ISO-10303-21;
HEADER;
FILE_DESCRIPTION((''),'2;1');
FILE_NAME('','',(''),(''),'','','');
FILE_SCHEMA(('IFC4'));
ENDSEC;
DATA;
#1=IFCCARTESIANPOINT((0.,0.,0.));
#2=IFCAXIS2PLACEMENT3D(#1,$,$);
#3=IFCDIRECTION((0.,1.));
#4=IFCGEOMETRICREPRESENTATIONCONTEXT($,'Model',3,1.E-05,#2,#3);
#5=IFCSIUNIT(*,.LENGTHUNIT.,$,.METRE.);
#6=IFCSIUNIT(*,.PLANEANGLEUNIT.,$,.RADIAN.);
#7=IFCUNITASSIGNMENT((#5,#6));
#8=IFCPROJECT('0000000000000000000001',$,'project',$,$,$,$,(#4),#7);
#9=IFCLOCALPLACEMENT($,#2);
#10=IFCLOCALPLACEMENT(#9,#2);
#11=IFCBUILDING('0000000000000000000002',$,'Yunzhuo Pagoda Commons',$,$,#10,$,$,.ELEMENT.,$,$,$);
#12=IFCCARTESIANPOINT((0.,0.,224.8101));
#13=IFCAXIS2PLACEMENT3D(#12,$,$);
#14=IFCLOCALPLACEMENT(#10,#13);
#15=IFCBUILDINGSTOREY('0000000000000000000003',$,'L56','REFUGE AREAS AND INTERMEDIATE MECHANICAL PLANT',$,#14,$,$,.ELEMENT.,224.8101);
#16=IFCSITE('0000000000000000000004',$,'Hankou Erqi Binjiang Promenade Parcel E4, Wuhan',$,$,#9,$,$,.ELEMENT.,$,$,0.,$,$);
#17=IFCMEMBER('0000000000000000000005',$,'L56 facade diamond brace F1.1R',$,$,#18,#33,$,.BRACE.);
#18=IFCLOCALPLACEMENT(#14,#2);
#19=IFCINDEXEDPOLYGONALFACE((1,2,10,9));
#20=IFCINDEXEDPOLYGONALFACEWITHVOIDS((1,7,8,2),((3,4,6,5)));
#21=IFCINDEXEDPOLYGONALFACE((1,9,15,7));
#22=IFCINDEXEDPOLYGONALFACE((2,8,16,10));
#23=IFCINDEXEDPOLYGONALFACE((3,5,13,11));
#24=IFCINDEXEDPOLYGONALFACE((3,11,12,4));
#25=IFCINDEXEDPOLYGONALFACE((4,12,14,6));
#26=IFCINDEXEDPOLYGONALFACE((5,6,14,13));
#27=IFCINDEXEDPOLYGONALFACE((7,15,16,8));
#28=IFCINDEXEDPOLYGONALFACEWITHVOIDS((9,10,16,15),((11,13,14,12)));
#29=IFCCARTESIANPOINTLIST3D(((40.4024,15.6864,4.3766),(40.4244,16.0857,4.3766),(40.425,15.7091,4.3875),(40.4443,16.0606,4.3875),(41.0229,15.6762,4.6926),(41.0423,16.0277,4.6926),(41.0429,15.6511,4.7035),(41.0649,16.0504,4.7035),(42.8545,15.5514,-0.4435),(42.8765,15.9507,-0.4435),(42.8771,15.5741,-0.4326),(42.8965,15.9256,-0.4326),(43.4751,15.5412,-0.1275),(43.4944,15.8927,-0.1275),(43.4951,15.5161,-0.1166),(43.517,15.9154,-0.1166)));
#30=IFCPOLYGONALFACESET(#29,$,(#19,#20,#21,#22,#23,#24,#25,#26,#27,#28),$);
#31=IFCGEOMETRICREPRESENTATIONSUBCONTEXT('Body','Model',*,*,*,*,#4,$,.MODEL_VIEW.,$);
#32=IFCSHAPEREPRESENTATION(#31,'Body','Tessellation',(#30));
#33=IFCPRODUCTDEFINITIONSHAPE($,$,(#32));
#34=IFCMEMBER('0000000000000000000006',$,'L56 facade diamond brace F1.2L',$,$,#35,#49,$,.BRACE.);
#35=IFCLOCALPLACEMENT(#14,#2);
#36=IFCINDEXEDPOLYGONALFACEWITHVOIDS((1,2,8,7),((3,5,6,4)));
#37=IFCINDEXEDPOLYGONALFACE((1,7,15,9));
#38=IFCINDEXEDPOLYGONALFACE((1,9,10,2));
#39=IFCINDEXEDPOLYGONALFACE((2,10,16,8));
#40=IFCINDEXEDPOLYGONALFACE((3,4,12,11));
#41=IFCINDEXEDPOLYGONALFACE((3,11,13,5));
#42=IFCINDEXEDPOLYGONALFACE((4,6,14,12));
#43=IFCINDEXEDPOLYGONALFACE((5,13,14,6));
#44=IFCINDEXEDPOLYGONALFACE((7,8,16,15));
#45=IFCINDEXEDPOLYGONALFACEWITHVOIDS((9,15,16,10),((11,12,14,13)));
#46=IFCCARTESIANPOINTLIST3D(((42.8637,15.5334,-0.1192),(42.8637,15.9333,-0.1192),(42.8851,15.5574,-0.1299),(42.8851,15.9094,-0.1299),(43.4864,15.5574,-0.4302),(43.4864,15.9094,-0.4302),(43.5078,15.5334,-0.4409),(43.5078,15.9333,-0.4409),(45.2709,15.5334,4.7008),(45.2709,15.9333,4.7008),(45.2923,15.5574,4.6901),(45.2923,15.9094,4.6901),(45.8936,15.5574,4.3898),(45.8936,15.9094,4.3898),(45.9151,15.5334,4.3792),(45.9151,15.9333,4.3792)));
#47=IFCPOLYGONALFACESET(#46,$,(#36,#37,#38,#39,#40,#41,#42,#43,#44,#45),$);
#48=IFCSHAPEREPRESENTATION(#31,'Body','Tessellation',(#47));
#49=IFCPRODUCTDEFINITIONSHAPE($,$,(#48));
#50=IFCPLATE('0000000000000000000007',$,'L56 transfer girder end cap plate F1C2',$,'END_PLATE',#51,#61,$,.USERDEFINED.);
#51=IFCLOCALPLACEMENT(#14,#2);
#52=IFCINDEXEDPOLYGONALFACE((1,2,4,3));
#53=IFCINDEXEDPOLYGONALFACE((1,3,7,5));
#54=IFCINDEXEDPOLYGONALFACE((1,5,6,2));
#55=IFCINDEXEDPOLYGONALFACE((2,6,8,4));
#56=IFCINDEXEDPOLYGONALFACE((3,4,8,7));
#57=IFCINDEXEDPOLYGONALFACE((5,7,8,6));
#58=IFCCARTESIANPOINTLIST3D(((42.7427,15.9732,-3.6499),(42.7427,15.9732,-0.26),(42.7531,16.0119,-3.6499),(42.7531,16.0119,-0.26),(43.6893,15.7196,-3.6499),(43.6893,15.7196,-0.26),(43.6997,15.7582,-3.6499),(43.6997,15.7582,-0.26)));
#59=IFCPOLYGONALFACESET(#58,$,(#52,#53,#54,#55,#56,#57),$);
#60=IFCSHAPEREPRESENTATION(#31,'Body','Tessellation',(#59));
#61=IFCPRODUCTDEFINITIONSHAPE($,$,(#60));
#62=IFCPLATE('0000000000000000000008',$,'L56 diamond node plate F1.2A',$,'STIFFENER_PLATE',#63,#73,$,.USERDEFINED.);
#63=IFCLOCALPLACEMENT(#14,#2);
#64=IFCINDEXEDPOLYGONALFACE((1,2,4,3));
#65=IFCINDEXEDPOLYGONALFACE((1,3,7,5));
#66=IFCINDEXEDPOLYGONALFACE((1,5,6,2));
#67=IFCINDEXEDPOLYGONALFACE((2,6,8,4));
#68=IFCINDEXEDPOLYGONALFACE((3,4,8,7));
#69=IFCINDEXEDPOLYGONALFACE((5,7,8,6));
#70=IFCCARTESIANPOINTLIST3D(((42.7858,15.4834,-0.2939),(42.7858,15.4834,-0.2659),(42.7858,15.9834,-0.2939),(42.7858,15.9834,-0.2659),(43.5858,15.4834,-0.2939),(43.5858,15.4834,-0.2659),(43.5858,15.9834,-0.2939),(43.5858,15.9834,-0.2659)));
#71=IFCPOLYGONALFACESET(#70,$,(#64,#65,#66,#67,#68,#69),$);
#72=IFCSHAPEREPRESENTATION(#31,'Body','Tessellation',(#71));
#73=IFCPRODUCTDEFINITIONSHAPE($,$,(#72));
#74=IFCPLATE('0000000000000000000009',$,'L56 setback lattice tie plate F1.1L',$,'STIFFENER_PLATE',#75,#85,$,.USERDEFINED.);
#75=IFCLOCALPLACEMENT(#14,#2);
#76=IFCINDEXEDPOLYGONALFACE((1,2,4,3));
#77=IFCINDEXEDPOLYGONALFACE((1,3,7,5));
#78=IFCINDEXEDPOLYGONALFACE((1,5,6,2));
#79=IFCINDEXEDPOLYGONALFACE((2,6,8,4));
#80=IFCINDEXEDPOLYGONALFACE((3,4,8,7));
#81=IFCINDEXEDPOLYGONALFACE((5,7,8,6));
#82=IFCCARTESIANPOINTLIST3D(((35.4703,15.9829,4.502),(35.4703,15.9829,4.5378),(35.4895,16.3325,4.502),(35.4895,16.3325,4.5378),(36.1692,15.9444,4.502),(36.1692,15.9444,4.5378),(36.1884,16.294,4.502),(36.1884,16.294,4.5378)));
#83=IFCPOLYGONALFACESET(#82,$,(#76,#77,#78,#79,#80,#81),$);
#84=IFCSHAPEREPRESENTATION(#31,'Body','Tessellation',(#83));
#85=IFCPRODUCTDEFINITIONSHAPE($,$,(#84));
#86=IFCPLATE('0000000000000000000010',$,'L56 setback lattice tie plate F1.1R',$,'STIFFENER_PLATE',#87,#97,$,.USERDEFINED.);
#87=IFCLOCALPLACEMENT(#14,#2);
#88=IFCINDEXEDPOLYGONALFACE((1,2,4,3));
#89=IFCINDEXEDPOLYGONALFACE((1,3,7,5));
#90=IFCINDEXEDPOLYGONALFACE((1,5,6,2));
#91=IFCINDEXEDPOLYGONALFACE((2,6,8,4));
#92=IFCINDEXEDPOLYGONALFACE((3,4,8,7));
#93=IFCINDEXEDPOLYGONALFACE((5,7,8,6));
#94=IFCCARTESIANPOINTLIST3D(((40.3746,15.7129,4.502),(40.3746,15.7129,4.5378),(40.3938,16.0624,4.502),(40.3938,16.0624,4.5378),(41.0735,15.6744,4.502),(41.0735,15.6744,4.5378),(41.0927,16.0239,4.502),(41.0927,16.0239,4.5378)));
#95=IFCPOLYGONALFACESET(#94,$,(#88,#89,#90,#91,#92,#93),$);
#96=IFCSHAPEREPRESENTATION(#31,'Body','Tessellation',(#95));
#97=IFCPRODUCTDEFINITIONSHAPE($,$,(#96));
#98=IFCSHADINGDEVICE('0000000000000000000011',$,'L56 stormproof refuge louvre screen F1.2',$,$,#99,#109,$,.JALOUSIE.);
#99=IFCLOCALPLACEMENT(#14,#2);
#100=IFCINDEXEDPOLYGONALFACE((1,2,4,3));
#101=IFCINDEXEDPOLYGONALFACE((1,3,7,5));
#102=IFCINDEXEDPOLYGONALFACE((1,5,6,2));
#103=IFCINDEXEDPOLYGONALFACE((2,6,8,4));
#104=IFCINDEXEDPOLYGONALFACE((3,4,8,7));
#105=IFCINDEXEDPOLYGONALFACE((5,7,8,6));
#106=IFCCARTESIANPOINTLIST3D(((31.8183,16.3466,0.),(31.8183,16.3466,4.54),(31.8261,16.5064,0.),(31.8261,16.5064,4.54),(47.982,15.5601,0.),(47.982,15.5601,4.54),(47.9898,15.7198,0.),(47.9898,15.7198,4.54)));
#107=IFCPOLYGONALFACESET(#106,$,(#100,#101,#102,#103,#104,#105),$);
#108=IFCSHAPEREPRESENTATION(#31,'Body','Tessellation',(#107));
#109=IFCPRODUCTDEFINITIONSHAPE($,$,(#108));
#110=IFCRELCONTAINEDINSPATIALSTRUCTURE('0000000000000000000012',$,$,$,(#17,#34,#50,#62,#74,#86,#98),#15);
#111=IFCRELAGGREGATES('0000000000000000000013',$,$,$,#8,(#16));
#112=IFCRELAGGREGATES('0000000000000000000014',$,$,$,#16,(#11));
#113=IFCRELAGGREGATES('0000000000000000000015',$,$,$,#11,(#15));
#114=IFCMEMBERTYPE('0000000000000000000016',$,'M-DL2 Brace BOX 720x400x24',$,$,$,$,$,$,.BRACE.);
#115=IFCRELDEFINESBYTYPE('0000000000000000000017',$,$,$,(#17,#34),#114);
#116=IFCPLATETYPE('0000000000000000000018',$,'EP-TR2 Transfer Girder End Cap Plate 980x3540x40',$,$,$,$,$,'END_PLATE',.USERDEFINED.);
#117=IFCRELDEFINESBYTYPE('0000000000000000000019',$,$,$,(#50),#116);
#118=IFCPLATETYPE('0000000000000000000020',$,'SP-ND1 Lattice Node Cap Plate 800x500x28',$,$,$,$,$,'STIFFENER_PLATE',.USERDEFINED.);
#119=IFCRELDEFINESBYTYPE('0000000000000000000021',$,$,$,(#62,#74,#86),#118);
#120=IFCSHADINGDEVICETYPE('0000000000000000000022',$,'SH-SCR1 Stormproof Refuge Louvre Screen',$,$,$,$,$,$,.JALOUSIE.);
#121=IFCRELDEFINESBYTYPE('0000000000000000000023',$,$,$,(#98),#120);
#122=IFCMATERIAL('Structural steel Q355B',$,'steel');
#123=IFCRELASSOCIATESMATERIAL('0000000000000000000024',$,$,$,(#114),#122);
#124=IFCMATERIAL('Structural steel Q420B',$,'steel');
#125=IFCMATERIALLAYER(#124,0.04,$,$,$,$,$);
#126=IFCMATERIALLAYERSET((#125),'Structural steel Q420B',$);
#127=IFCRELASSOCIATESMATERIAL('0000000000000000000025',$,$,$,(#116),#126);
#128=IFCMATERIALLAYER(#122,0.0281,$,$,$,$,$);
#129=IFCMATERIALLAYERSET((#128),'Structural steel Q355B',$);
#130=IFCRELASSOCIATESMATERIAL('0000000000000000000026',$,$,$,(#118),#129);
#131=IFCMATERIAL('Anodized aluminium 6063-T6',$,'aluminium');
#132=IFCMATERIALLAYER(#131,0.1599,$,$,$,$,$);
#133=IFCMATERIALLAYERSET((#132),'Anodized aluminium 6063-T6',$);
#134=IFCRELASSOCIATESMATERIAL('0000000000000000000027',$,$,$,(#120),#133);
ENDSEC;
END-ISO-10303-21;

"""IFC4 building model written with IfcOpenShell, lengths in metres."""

from ifc_helpers import new_model, si_unit, direction, frame, origin, origin_2d, place, context, subcontext, project, spatial, rectangle, hollow_rectangle, extrude, source, transform, mapped, material, layer, layer_set, material_profile, profile_set, type_object, element, save


model = new_model("IFC4")

# Units and contexts
model_context = context("Model", 3, precision=1e-05, world=origin(), true_north=direction((0.0, 1.0)))
body_context = subcontext(model_context, "Body", "Model", "MODEL_VIEW")
ifc_project = project(units=[si_unit("LENGTHUNIT", "METRE"), si_unit("PLANEANGLEUNIT", "RADIAN")], contexts=[model_context])

# Site, building, storey
site_placement = place(None, origin())
site = spatial("IfcSite", under=ifc_project, at=site_placement, Name="Hankou Erqi Binjiang Promenade Parcel E4, Wuhan", CompositionType="ELEMENT", RefElevation=0.0)
building_placement = place(site_placement, origin())
building = spatial("IfcBuilding", under=site, at=building_placement, Name="Yunzhuo Pagoda Commons", CompositionType="ELEMENT")
storey_placement = place(building_placement, frame((0.0, 0.0, 224.8101)))
storey = spatial("IfcBuildingStorey", under=building, at=storey_placement, Name="L56", Description="REFUGE AREAS AND INTERMEDIATE MECHANICAL PLANT", CompositionType="ELEMENT", Elevation=224.8101)

# Shared definitions
ifc_material_1 = material(Name="Structural steel Q420B", Category="steel")
ifc_material_2 = material(Name="Structural steel Q355B", Category="steel")

# Members
ifc_material_profile_1 = material_profile(ifc_material_2, hollow_rectangle(XDim=0.3999, YDim=0.72, WallThickness=0.0239, at=origin_2d()), Name="Structural steel Q355B")
ifc_profile_set_1 = profile_set([ifc_material_profile_1], Name="Structural steel Q355B")
member_type = type_object("IfcMemberType", Name="M-DL2 Brace BOX 720x400x24", PredefinedType="BRACE", material=ifc_profile_set_1)
shared_shape_1 = source(origin(), body_context, "Body", "SweptSolid", [
    extrude(hollow_rectangle(XDim=0.3999, YDim=0.72, WallThickness=0.0239, at=origin_2d()), origin(), (0.0, 0.0, 1.0), 5.4097),
])
member_1_placement = place(storey_placement, frame((43.1858, 15.7334, -0.28), z_axis=(-0.453291, 0.024957, 0.891013), x_axis=(-0.054974, -0.998488, 0.0)))
element("IfcMember", 1, at=member_1_placement, inside=storey, type_object=member_type, Name="L56 facade diamond brace F1.1R", PredefinedType="BRACE", context=body_context, shape_type="MappedRepresentation", body=[
    mapped(shared_shape_1, transform((0.0, 0.0, 0.0), scale=1.0)),
])
shared_shape_2 = source(origin(), body_context, "Body", "SweptSolid", [
    extrude(hollow_rectangle(XDim=0.3999, YDim=0.72, WallThickness=0.0239, at=origin_2d()), origin(), (0.0, 0.0, 1.0), 5.3877),
])
member_2_placement = place(storey_placement, frame((43.1858, 15.7334, -0.28), z_axis=(0.446797, 0.0, 0.894636), x_axis=(0.0, 1.0, 0.0)))
element("IfcMember", 2, at=member_2_placement, inside=storey, type_object=member_type, Name="L56 facade diamond brace F1.2L", PredefinedType="BRACE", context=body_context, shape_type="MappedRepresentation", body=[
    mapped(shared_shape_2, transform((0.0, 0.0, 0.0), scale=1.0)),
])

# Plates
ifc_layer_1 = layer(ifc_material_1, 0.04)
ifc_layer_set_1 = layer_set([ifc_layer_1], Name="Structural steel Q420B")
plate_type_1 = type_object("IfcPlateType", Name="EP-TR2 Transfer Girder End Cap Plate 980x3540x40", ElementType="END_PLATE", PredefinedType="USERDEFINED", material=ifc_layer_set_1)
shared_shape_3 = source(origin(), body_context, "Body", "SweptSolid", [
    extrude(rectangle(XDim=0.98, YDim=0.04, at=origin_2d()), origin(), (0.0, 0.0, 1.0), 3.3899),
])
plate_1_placement = place(storey_placement, frame((43.2212, 15.8657, -3.6499), z_axis=(0.0, 0.0, 1.0), x_axis=(0.965926, -0.258819, 0.0)))
element("IfcPlate", 3, at=plate_1_placement, inside=storey, type_object=plate_type_1, Name="L56 transfer girder end cap plate F1C2", ObjectType="END_PLATE", PredefinedType="USERDEFINED", context=body_context, shape_type="MappedRepresentation", body=[
    mapped(shared_shape_3, transform((0.0, 0.0, 0.0), scale=1.0)),
])
ifc_layer_2 = layer(ifc_material_2, 0.0281)
ifc_layer_set_2 = layer_set([ifc_layer_2], Name="Structural steel Q355B")
plate_type_2 = type_object("IfcPlateType", Name="SP-ND1 Lattice Node Cap Plate 800x500x28", ElementType="STIFFENER_PLATE", PredefinedType="USERDEFINED", material=ifc_layer_set_2)
shared_shape_4 = source(origin(), body_context, "Body", "SweptSolid", [
    extrude(rectangle(XDim=0.8, YDim=0.5, at=origin_2d()), origin(), (0.0, 0.0, 1.0), 0.0281),
])
plate_2_placement = place(storey_placement, frame((43.1858, 15.7334, -0.2939), z_axis=(0.0, 0.0, 1.0), x_axis=(1.0, 0.0, 0.0)))
element("IfcPlate", 4, at=plate_2_placement, inside=storey, type_object=plate_type_2, Name="L56 diamond node plate F1.2A", ObjectType="STIFFENER_PLATE", PredefinedType="USERDEFINED", context=body_context, shape_type="MappedRepresentation", body=[
    mapped(shared_shape_4, transform((0.0, 0.0, 0.0), scale=1.0)),
])
shared_shape_5 = source(origin(), body_context, "Body", "SweptSolid", [
    extrude(rectangle(XDim=0.7, YDim=0.3501, at=origin_2d()), origin(), (0.0, 0.0, 1.0), 0.0359),
])
for number, where, z_axis, x_axis, name in (
    (5, (35.8293, 16.1384, 4.502), (0.0, 0.0, 1.0), (0.998487, -0.054985, 0.0), "L56 setback lattice tie plate F1.1L"),
    (6, (40.7336, 15.8684, 4.502), (0.0, 0.0, 1.0), (0.998487, -0.054985, 0.0), "L56 setback lattice tie plate F1.1R"),
):
    element("IfcPlate", number, at=place(storey_placement, frame(where, z_axis=z_axis, x_axis=x_axis)), inside=storey, type_object=plate_type_2, Name=name, ObjectType="STIFFENER_PLATE", PredefinedType="USERDEFINED", context=body_context, shape_type="MappedRepresentation", body=[
        mapped(shared_shape_5, transform((0.0, 0.0, 0.0), scale=1.0)),
    ])

# Shading device
ifc_material_3 = material(Name="Anodized aluminium 6063-T6", Category="aluminium")
ifc_layer_3 = layer(ifc_material_3, 0.1599)
ifc_layer_set_3 = layer_set([ifc_layer_3], Name="Anodized aluminium 6063-T6")
shading_device_type = type_object("IfcShadingDeviceType", Name="SH-SCR1 Stormproof Refuge Louvre Screen", PredefinedType="JALOUSIE", material=ifc_layer_set_3)
shared_shape_6 = source(origin(), body_context, "Body", "SweptSolid", [
    extrude(rectangle(XDim=16.1829, YDim=0.1599, at=origin_2d()), origin(), (0.0, 0.0, 1.0), 4.54),
])
shading_device_placement = place(storey_placement, frame((39.9041, 16.0332, 0.0), z_axis=(0.0, 0.0, 1.0), x_axis=(0.998818, -0.048606, 0.0)))
element("IfcShadingDevice", 7, at=shading_device_placement, inside=storey, type_object=shading_device_type, Name="L56 stormproof refuge louvre screen F1.2", PredefinedType="JALOUSIE", context=body_context, shape_type="MappedRepresentation", body=[
    mapped(shared_shape_6, transform((0.0, 0.0, 0.0), scale=1.0)),
])

save(model, "model.ifc")
